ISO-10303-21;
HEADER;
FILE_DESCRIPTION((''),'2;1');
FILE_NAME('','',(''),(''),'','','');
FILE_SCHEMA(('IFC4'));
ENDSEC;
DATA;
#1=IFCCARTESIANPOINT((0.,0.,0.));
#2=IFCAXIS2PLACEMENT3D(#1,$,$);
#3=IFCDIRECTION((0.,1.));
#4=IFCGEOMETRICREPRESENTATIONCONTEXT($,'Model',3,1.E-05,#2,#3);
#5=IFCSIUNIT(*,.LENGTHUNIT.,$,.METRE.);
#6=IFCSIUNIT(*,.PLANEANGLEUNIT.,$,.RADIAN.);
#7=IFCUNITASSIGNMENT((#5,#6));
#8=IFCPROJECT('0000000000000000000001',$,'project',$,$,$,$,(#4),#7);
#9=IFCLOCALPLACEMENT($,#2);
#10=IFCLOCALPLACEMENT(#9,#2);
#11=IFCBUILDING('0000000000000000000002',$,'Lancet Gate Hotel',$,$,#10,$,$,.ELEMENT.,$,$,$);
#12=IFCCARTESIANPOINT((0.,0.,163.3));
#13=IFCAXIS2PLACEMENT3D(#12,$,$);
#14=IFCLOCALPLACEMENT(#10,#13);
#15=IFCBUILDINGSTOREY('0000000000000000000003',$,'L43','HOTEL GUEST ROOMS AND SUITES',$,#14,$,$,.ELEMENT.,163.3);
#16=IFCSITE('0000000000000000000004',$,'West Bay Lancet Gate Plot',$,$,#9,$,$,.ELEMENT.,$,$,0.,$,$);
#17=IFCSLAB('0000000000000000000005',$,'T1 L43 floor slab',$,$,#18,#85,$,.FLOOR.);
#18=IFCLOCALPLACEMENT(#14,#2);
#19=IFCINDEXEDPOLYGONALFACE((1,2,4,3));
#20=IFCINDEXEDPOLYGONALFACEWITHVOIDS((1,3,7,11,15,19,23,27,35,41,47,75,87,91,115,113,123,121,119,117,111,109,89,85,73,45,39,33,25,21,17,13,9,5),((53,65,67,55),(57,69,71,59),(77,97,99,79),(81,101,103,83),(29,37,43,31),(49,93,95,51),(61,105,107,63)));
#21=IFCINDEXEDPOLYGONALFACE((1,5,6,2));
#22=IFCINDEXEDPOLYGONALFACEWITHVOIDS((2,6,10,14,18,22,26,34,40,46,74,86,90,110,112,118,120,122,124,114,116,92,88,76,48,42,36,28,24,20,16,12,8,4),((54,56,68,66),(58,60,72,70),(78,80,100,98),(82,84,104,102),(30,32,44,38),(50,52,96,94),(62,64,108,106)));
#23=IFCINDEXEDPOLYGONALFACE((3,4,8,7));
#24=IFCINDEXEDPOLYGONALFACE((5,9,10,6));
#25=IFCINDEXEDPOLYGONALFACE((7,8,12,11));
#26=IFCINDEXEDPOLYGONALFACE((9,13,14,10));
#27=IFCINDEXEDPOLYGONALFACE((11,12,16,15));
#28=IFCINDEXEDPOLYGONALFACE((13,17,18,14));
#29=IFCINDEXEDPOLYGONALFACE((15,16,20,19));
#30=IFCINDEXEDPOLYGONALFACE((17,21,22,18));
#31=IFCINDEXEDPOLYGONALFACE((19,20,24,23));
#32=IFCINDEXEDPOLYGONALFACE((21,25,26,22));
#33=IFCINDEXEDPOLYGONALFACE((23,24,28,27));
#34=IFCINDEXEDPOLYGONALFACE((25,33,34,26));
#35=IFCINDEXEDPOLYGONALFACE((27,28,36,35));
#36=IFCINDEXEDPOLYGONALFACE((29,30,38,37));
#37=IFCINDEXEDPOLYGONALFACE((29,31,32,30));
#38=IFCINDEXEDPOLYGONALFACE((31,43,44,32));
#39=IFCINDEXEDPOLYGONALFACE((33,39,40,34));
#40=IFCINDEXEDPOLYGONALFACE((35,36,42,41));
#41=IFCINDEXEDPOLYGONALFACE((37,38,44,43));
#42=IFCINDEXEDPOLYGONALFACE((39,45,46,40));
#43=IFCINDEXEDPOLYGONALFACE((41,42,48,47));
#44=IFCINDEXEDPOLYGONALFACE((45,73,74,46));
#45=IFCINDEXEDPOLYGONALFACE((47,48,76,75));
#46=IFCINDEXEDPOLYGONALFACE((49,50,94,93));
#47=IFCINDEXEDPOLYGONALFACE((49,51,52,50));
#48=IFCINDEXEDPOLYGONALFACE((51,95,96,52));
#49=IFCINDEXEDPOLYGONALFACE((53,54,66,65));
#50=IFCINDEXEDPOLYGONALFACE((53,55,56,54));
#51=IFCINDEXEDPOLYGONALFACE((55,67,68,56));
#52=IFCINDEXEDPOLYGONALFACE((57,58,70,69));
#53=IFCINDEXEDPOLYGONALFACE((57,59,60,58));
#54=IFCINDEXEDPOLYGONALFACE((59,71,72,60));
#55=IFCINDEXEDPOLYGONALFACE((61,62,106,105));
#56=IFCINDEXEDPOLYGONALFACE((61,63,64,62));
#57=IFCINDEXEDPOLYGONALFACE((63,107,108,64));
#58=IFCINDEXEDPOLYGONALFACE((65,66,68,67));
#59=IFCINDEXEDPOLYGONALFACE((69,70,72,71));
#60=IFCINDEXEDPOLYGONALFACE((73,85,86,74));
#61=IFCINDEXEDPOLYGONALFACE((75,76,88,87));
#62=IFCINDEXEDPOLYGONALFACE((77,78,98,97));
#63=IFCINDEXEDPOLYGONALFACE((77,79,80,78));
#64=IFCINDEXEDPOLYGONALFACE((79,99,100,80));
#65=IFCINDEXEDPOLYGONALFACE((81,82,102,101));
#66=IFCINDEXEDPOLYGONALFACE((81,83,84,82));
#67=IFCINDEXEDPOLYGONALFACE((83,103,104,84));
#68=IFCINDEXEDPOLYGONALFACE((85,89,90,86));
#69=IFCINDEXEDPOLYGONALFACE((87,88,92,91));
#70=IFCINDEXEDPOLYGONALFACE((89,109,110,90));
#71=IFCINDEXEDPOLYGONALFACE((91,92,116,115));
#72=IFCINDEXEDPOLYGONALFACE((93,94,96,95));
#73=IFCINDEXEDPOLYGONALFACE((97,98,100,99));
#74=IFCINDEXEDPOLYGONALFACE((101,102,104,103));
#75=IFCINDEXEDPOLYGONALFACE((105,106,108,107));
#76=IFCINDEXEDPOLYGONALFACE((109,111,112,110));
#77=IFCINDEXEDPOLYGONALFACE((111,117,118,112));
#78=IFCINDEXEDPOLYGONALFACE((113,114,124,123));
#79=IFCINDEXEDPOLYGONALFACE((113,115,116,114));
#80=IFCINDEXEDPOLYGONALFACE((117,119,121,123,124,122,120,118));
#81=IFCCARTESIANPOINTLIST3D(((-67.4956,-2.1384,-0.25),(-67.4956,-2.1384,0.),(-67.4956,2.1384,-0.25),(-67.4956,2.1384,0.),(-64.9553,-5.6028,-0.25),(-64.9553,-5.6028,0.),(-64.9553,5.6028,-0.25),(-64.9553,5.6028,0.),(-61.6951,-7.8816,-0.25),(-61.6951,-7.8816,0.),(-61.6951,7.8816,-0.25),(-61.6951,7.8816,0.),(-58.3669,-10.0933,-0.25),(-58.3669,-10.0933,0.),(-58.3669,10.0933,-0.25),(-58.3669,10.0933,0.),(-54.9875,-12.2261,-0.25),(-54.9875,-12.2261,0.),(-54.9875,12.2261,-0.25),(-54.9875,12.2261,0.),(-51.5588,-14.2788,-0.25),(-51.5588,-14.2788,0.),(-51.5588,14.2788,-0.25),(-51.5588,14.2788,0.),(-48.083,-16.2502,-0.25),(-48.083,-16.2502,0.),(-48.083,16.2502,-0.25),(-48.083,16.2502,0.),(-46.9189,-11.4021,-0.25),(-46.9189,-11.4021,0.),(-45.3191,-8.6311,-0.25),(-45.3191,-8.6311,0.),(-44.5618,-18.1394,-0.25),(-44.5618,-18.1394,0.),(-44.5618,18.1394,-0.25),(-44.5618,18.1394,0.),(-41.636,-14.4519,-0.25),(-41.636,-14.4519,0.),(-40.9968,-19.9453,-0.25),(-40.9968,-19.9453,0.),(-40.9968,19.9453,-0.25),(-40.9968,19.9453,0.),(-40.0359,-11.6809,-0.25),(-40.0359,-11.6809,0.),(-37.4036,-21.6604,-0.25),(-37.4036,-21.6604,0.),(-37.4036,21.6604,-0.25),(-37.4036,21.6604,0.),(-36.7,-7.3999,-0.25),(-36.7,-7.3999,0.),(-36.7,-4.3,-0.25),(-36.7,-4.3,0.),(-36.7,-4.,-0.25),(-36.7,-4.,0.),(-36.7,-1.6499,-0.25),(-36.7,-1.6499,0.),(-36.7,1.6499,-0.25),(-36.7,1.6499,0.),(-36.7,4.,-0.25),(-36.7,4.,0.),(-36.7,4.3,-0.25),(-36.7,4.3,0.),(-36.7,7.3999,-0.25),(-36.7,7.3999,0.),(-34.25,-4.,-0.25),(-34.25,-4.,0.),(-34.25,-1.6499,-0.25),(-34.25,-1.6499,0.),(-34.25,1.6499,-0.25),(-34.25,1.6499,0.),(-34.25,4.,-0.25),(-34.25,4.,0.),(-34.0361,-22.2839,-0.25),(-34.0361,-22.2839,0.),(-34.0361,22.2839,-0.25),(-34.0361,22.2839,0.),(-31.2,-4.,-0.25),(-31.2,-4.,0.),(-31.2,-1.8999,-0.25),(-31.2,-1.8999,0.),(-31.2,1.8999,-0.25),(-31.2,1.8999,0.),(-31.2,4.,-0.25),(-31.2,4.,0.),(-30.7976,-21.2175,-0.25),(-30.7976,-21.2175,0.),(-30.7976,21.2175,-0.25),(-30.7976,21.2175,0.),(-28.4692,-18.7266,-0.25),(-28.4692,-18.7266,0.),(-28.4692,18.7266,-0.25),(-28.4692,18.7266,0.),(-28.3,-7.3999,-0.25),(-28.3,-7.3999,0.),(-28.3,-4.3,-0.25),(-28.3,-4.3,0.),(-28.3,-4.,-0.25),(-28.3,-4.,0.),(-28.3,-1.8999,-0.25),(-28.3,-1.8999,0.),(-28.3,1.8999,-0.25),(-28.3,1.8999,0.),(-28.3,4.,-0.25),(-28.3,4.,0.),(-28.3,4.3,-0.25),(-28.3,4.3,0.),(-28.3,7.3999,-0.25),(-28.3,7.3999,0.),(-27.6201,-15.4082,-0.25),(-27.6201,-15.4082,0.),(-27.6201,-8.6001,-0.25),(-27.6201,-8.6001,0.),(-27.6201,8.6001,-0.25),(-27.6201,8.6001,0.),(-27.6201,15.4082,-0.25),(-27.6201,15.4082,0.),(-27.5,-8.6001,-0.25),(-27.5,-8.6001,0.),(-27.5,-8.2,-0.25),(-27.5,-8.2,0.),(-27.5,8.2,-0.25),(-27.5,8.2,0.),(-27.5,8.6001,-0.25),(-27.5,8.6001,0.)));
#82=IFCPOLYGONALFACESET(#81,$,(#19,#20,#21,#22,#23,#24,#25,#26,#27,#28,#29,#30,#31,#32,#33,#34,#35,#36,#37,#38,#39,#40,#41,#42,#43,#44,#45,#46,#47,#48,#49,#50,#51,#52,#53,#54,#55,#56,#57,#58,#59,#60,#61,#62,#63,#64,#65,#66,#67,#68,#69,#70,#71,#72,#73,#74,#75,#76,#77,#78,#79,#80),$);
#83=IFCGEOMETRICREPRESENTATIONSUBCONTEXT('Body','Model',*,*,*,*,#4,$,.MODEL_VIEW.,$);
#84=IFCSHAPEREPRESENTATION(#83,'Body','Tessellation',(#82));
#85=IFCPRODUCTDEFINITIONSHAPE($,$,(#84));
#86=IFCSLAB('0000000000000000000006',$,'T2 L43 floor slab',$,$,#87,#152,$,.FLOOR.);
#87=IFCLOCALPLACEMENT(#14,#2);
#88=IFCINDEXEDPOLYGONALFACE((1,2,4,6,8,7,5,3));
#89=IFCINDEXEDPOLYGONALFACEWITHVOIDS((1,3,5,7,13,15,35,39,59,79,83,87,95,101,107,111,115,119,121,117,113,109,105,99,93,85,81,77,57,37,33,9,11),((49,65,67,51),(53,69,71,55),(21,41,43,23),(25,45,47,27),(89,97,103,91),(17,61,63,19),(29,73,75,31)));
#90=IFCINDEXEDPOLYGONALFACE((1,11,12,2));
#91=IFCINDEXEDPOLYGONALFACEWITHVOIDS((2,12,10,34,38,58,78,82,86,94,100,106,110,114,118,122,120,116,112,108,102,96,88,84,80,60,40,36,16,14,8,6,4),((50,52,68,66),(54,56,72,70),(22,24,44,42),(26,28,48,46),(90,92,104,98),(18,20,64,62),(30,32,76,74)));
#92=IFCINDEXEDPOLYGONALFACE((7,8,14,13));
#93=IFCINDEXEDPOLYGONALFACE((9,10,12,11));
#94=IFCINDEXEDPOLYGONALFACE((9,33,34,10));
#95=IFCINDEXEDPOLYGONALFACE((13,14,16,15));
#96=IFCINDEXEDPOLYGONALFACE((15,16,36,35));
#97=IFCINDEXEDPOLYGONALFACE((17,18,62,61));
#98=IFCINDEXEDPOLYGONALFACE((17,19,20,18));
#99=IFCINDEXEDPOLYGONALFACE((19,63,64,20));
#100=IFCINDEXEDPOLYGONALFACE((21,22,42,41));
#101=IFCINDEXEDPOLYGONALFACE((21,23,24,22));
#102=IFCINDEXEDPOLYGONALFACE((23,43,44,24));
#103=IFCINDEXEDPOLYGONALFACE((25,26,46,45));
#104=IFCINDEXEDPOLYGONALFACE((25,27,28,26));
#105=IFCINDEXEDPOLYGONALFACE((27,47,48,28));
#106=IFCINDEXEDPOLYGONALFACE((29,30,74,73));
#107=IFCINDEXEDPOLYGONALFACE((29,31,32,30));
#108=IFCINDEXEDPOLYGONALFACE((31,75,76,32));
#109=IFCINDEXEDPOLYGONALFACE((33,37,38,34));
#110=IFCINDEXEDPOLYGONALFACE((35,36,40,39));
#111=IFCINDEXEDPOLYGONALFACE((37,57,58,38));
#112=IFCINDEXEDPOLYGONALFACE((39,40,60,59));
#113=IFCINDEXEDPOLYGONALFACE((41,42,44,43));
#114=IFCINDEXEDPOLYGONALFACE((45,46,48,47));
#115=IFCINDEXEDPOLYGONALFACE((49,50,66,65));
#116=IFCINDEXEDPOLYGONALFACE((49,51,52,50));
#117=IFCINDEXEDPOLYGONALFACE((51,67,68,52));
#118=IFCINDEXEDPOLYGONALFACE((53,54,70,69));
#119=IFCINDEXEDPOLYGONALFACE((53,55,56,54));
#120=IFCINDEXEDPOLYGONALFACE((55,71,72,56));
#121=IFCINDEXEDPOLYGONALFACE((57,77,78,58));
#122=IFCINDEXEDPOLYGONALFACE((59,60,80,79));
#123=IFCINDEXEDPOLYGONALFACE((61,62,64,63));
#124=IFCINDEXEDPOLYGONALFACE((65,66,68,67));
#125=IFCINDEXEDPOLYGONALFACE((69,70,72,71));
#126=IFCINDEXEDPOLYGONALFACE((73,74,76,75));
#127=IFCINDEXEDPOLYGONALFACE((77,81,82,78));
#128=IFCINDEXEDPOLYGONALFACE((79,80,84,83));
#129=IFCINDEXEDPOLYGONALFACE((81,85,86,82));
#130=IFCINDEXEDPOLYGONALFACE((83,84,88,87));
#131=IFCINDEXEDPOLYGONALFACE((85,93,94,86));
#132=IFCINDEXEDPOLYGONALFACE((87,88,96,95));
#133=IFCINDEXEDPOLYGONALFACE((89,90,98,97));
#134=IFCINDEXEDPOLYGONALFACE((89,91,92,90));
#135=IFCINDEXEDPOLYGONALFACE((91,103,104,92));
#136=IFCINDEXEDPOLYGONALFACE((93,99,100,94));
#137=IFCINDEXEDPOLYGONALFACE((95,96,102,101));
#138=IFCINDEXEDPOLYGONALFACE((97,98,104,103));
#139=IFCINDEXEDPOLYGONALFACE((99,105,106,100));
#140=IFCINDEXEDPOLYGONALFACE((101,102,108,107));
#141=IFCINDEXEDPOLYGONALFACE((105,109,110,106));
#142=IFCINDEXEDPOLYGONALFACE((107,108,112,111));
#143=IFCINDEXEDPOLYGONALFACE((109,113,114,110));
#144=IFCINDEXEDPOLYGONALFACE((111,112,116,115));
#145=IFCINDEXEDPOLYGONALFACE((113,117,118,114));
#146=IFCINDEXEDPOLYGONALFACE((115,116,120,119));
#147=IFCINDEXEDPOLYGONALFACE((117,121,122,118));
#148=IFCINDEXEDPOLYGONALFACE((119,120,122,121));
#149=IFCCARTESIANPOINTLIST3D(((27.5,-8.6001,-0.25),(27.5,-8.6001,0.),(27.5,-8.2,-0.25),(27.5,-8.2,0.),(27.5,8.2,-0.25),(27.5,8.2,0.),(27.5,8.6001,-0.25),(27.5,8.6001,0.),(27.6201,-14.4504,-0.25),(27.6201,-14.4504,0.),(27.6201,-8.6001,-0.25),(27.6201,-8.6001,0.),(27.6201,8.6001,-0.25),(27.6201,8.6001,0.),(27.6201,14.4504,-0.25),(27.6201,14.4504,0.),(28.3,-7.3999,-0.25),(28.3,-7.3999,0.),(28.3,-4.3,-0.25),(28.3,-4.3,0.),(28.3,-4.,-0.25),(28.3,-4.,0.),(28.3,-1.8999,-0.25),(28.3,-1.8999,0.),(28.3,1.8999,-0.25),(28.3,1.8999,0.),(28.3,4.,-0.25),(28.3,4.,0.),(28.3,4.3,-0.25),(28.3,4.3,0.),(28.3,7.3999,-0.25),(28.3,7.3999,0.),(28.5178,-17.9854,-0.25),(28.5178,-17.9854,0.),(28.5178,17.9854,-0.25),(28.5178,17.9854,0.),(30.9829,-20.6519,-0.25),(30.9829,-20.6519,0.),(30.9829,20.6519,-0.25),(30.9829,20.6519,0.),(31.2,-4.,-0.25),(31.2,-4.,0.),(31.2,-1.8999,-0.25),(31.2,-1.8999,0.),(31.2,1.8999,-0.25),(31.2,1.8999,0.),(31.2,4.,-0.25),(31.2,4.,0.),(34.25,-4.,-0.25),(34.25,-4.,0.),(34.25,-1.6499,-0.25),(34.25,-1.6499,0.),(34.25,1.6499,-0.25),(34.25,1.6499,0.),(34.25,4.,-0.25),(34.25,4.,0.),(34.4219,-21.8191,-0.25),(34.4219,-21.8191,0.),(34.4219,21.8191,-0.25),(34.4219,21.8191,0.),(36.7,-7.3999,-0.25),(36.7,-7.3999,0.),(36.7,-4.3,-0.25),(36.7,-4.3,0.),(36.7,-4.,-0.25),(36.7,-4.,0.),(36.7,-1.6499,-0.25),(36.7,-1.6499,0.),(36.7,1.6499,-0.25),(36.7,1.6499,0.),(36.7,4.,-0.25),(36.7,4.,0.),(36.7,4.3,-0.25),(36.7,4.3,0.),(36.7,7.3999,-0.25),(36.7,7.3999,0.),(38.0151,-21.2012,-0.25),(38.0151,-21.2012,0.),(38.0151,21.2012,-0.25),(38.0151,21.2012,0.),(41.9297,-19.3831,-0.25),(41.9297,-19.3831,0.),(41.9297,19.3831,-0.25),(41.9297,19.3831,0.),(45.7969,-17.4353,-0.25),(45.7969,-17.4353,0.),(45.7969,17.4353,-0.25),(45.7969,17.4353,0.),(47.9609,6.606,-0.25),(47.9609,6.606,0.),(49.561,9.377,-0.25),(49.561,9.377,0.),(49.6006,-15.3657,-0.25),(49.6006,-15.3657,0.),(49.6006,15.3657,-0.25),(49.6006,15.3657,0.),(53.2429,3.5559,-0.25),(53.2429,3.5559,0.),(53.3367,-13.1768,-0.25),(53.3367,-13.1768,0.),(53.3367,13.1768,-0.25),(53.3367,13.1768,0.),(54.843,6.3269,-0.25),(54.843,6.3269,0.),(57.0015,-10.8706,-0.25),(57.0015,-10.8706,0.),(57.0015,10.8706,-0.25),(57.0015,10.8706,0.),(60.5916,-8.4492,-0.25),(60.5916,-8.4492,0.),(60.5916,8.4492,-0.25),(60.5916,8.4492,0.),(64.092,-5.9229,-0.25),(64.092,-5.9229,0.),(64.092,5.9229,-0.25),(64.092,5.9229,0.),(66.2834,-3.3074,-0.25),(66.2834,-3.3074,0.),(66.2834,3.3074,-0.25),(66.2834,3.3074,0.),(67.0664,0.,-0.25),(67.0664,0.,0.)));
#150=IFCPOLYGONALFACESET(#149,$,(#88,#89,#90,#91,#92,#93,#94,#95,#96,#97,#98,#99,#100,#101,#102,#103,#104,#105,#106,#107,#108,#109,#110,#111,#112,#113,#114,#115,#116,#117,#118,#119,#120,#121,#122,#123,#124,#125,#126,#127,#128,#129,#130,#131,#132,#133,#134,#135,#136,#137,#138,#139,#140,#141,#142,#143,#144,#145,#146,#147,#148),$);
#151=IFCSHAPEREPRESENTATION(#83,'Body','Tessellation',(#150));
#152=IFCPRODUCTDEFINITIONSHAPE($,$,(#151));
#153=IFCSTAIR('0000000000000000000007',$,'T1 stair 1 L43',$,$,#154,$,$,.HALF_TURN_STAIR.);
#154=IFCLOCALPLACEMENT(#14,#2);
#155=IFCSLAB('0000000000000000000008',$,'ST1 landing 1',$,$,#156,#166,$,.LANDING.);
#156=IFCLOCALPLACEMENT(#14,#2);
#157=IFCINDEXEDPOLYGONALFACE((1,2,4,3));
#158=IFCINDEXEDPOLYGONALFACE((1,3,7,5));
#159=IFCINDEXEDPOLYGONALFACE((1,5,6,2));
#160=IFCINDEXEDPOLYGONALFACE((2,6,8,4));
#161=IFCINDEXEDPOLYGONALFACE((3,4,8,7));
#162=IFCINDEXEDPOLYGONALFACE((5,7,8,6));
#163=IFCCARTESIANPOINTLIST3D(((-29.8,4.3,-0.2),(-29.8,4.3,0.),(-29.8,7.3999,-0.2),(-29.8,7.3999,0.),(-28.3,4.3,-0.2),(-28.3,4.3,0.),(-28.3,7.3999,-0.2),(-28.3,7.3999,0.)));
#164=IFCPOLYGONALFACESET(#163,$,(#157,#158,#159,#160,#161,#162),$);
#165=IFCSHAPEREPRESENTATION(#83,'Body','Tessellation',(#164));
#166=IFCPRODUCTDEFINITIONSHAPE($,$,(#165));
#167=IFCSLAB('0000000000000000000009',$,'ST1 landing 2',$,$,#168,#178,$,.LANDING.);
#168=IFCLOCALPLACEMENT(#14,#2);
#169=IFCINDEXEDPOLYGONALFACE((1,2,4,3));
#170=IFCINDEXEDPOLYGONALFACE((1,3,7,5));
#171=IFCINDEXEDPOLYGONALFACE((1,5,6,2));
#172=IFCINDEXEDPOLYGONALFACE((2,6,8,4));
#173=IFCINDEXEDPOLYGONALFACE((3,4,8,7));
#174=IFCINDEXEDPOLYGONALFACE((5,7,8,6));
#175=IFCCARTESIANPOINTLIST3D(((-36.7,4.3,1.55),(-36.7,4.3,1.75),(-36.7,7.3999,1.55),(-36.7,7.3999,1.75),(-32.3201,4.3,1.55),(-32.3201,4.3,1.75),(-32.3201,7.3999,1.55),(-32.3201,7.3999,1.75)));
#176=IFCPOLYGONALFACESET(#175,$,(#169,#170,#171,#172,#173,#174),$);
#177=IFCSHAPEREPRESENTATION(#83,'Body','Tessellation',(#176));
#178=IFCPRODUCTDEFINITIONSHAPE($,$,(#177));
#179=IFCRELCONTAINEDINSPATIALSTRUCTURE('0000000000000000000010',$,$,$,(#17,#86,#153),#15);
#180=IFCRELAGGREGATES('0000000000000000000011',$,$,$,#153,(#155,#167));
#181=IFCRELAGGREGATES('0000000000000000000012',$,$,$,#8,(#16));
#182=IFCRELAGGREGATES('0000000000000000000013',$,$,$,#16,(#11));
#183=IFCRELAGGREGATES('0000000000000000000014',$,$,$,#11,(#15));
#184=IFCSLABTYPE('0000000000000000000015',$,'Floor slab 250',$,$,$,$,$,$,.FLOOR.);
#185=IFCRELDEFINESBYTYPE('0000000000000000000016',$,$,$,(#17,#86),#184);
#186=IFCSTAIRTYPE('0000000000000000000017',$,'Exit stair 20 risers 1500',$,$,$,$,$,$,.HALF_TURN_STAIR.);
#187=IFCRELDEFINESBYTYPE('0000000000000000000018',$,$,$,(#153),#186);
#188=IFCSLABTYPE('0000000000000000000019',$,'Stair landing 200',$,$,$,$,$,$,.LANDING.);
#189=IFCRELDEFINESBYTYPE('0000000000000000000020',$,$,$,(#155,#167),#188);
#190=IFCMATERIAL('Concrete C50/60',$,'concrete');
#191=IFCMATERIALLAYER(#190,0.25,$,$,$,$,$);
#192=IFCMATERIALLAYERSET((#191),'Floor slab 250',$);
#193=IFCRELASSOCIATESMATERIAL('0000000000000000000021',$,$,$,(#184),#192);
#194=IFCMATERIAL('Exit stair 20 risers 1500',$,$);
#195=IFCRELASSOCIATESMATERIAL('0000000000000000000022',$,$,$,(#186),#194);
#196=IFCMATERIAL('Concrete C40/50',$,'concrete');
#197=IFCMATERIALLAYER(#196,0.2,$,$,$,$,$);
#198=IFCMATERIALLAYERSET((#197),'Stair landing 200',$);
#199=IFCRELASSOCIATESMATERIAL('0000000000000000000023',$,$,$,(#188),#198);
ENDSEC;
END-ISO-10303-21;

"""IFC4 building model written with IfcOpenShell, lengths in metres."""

from ifc_helpers import new_model, si_unit, direction, frame, origin, place, context, subcontext, project, spatial, polyline, outline, extrude, material, layer, layer_set, type_object, element, aggregate, save


model = new_model("IFC4")

# Units and contexts
model_context = context("Model", 3, precision=1e-05, world=origin(), true_north=direction((0.0, 1.0)))
body_context = subcontext(model_context, "Body", "Model", "MODEL_VIEW")
ifc_project = project(units=[si_unit("LENGTHUNIT", "METRE"), si_unit("PLANEANGLEUNIT", "RADIAN")], contexts=[model_context])

# Site, building, storey
site_placement = place(None, origin())
site = spatial("IfcSite", under=ifc_project, at=site_placement, Name="West Bay Lancet Gate Plot", CompositionType="ELEMENT", RefElevation=0.0)
building_placement = place(site_placement, origin())
building = spatial("IfcBuilding", under=site, at=building_placement, Name="Lancet Gate Hotel", CompositionType="ELEMENT")
storey_placement = place(building_placement, frame((0.0, 0.0, 163.3)))
storey = spatial("IfcBuildingStorey", under=building, at=storey_placement, Name="L43", Description="HOTEL GUEST ROOMS AND SUITES", CompositionType="ELEMENT", Elevation=163.3)

# Slabs
ifc_material_1 = material(Name="Concrete C50/60", Category="concrete")
ifc_layer_1 = layer(ifc_material_1, 0.25)
ifc_layer_set_1 = layer_set([ifc_layer_1], Name="Floor slab 250")
slab_type_1 = type_object("IfcSlabType", Name="Floor slab 250", PredefinedType="FLOOR", material=ifc_layer_set_1)
slab_1_placement = place(storey_placement, frame((0.0, 0.0, -0.25)))
element("IfcSlab", 1, at=slab_1_placement, inside=storey, type_object=slab_type_1, Name="T1 L43 floor slab", PredefinedType="FLOOR", context=body_context, shape_type="SweptSolid", body=[
    extrude(outline(polyline([(-27.5, 8.6001), (-27.6201, 8.6001), (-27.6201, 15.4082), (-28.4692, 18.7266), (-30.7976, 21.2175), (-34.0361, 22.2839), (-37.4036, 21.6604), (-40.9968, 19.9453), (-44.5618, 18.1394), (-48.083, 16.2502), (-51.5588, 14.2788), (-54.9875, 12.2261), (-58.3669, 10.0933), (-61.6951, 7.8816), (-64.9553, 5.6028), (-67.4956, 2.1384), (-67.4956, -2.1384), (-64.9553, -5.6028), (-61.6951, -7.8816), (-58.3669, -10.0933), (-54.9875, -12.2261), (-51.5588, -14.2788), (-48.083, -16.2502), (-44.5618, -18.1394), (-40.9968, -19.9453), (-37.4036, -21.6604), (-34.0361, -22.2839), (-30.7976, -21.2175), (-28.4692, -18.7266), (-27.6201, -15.4082), (-27.6201, -8.6001), (-27.5, -8.6001), (-27.5, -8.2), (-27.5, 8.2), (-27.5, 8.6001)]), holes=[polyline([(-36.7, 7.3999), (-36.7, 4.3), (-28.3, 4.3), (-28.3, 7.3999), (-36.7, 7.3999)]), polyline([(-28.3, 4.0), (-31.2, 4.0), (-31.2, 1.8999), (-28.3, 1.8999), (-28.3, 4.0)]), polyline([(-34.25, 4.0), (-36.7, 4.0), (-36.7, 1.6499), (-34.25, 1.6499), (-34.25, 4.0)]), polyline([(-36.7, -1.6499), (-36.7, -4.0), (-34.25, -4.0), (-34.25, -1.6499), (-36.7, -1.6499)]), polyline([(-28.3, -1.8999), (-31.2, -1.8999), (-31.2, -4.0), (-28.3, -4.0), (-28.3, -1.8999)]), polyline([(-28.3, -4.3), (-36.7, -4.3), (-36.7, -7.3999), (-28.3, -7.3999), (-28.3, -4.3)]), polyline([(-45.3191, -8.6311), (-46.9189, -11.4021), (-41.636, -14.4519), (-40.0359, -11.6809), (-45.3191, -8.6311)])]), origin(), (0.0, 0.0, 1.0), 0.25),
])
slab_2_placement = place(storey_placement, frame((0.0, 0.0, -0.25)))
element("IfcSlab", 2, at=slab_2_placement, inside=storey, type_object=slab_type_1, Name="T2 L43 floor slab", PredefinedType="FLOOR", context=body_context, shape_type="SweptSolid", body=[
    extrude(outline(polyline([(27.5, -8.6001), (27.6201, -8.6001), (27.6201, -14.4504), (28.5178, -17.9854), (30.9829, -20.6519), (34.4219, -21.8191), (38.0151, -21.2012), (41.9297, -19.3831), (45.7969, -17.4353), (49.6006, -15.3657), (53.3367, -13.1768), (57.0015, -10.8706), (60.5916, -8.4492), (64.092, -5.9229), (66.2834, -3.3074), (67.0664, 0.0), (66.2834, 3.3074), (64.092, 5.9229), (60.5916, 8.4492), (57.0015, 10.8706), (53.3367, 13.1768), (49.6006, 15.3657), (45.7969, 17.4353), (41.9297, 19.3831), (38.0151, 21.2012), (34.4219, 21.8191), (30.9829, 20.6519), (28.5178, 17.9854), (27.6201, 14.4504), (27.6201, 8.6001), (27.5, 8.6001), (27.5, 8.2), (27.5, -8.2), (27.5, -8.6001)]), holes=[polyline([(36.7, -7.3999), (36.7, -4.3), (28.3, -4.3), (28.3, -7.3999), (36.7, -7.3999)]), polyline([(28.3, -4.0), (31.2, -4.0), (31.2, -1.8999), (28.3, -1.8999), (28.3, -4.0)]), polyline([(34.25, -4.0), (36.7, -4.0), (36.7, -1.6499), (34.25, -1.6499), (34.25, -4.0)]), polyline([(36.7, 1.6499), (36.7, 4.0), (34.25, 4.0), (34.25, 1.6499), (36.7, 1.6499)]), polyline([(28.3, 1.8999), (31.2, 1.8999), (31.2, 4.0), (28.3, 4.0), (28.3, 1.8999)]), polyline([(28.3, 4.3), (36.7, 4.3), (36.7, 7.3999), (28.3, 7.3999), (28.3, 4.3)]), polyline([(53.2429, 3.5559), (54.843, 6.3269), (49.561, 9.377), (47.9609, 6.606), (53.2429, 3.5559)])]), origin(), (0.0, 0.0, 1.0), 0.25),
])

# Stair, slabs
ifc_material_2 = material(Name="Exit stair 20 risers 1500")
stair_type = type_object("IfcStairType", Name="Exit stair 20 risers 1500", PredefinedType="HALF_TURN_STAIR", material=ifc_material_2)
stair_placement = place(storey_placement, origin())
stair = element("IfcStair", 3, at=stair_placement, inside=storey, type_object=stair_type, Name="T1 stair 1 L43", PredefinedType="HALF_TURN_STAIR")
ifc_material_3 = material(Name="Concrete C40/50", Category="concrete")
ifc_layer_2 = layer(ifc_material_3, 0.2)
ifc_layer_set_2 = layer_set([ifc_layer_2], Name="Stair landing 200")
slab_type_2 = type_object("IfcSlabType", Name="Stair landing 200", PredefinedType="LANDING", material=ifc_layer_set_2)
slab_3_placement = place(storey_placement, frame((0.0, 0.0, -0.2)))
slab_3 = element("IfcSlab", 4, at=slab_3_placement, type_object=slab_type_2, Name="ST1 landing 1", PredefinedType="LANDING", context=body_context, shape_type="SweptSolid", body=[
    extrude(outline(polyline([(-28.3, 7.3999), (-29.8, 7.3999), (-29.8, 4.3), (-28.3, 4.3), (-28.3, 7.3999)])), origin(), (0.0, 0.0, 1.0), 0.2),
])
slab_4_placement = place(storey_placement, frame((0.0, 0.0, 1.55)))
slab_4 = element("IfcSlab", 5, at=slab_4_placement, type_object=slab_type_2, Name="ST1 landing 2", PredefinedType="LANDING", context=body_context, shape_type="SweptSolid", body=[
    extrude(outline(polyline([(-32.3201, 7.3999), (-36.7, 7.3999), (-36.7, 4.3), (-32.3201, 4.3), (-32.3201, 7.3999)])), origin(), (0.0, 0.0, 1.0), 0.2),
])
aggregate(stair, [slab_3, slab_4])

save(model, "model.ifc")
